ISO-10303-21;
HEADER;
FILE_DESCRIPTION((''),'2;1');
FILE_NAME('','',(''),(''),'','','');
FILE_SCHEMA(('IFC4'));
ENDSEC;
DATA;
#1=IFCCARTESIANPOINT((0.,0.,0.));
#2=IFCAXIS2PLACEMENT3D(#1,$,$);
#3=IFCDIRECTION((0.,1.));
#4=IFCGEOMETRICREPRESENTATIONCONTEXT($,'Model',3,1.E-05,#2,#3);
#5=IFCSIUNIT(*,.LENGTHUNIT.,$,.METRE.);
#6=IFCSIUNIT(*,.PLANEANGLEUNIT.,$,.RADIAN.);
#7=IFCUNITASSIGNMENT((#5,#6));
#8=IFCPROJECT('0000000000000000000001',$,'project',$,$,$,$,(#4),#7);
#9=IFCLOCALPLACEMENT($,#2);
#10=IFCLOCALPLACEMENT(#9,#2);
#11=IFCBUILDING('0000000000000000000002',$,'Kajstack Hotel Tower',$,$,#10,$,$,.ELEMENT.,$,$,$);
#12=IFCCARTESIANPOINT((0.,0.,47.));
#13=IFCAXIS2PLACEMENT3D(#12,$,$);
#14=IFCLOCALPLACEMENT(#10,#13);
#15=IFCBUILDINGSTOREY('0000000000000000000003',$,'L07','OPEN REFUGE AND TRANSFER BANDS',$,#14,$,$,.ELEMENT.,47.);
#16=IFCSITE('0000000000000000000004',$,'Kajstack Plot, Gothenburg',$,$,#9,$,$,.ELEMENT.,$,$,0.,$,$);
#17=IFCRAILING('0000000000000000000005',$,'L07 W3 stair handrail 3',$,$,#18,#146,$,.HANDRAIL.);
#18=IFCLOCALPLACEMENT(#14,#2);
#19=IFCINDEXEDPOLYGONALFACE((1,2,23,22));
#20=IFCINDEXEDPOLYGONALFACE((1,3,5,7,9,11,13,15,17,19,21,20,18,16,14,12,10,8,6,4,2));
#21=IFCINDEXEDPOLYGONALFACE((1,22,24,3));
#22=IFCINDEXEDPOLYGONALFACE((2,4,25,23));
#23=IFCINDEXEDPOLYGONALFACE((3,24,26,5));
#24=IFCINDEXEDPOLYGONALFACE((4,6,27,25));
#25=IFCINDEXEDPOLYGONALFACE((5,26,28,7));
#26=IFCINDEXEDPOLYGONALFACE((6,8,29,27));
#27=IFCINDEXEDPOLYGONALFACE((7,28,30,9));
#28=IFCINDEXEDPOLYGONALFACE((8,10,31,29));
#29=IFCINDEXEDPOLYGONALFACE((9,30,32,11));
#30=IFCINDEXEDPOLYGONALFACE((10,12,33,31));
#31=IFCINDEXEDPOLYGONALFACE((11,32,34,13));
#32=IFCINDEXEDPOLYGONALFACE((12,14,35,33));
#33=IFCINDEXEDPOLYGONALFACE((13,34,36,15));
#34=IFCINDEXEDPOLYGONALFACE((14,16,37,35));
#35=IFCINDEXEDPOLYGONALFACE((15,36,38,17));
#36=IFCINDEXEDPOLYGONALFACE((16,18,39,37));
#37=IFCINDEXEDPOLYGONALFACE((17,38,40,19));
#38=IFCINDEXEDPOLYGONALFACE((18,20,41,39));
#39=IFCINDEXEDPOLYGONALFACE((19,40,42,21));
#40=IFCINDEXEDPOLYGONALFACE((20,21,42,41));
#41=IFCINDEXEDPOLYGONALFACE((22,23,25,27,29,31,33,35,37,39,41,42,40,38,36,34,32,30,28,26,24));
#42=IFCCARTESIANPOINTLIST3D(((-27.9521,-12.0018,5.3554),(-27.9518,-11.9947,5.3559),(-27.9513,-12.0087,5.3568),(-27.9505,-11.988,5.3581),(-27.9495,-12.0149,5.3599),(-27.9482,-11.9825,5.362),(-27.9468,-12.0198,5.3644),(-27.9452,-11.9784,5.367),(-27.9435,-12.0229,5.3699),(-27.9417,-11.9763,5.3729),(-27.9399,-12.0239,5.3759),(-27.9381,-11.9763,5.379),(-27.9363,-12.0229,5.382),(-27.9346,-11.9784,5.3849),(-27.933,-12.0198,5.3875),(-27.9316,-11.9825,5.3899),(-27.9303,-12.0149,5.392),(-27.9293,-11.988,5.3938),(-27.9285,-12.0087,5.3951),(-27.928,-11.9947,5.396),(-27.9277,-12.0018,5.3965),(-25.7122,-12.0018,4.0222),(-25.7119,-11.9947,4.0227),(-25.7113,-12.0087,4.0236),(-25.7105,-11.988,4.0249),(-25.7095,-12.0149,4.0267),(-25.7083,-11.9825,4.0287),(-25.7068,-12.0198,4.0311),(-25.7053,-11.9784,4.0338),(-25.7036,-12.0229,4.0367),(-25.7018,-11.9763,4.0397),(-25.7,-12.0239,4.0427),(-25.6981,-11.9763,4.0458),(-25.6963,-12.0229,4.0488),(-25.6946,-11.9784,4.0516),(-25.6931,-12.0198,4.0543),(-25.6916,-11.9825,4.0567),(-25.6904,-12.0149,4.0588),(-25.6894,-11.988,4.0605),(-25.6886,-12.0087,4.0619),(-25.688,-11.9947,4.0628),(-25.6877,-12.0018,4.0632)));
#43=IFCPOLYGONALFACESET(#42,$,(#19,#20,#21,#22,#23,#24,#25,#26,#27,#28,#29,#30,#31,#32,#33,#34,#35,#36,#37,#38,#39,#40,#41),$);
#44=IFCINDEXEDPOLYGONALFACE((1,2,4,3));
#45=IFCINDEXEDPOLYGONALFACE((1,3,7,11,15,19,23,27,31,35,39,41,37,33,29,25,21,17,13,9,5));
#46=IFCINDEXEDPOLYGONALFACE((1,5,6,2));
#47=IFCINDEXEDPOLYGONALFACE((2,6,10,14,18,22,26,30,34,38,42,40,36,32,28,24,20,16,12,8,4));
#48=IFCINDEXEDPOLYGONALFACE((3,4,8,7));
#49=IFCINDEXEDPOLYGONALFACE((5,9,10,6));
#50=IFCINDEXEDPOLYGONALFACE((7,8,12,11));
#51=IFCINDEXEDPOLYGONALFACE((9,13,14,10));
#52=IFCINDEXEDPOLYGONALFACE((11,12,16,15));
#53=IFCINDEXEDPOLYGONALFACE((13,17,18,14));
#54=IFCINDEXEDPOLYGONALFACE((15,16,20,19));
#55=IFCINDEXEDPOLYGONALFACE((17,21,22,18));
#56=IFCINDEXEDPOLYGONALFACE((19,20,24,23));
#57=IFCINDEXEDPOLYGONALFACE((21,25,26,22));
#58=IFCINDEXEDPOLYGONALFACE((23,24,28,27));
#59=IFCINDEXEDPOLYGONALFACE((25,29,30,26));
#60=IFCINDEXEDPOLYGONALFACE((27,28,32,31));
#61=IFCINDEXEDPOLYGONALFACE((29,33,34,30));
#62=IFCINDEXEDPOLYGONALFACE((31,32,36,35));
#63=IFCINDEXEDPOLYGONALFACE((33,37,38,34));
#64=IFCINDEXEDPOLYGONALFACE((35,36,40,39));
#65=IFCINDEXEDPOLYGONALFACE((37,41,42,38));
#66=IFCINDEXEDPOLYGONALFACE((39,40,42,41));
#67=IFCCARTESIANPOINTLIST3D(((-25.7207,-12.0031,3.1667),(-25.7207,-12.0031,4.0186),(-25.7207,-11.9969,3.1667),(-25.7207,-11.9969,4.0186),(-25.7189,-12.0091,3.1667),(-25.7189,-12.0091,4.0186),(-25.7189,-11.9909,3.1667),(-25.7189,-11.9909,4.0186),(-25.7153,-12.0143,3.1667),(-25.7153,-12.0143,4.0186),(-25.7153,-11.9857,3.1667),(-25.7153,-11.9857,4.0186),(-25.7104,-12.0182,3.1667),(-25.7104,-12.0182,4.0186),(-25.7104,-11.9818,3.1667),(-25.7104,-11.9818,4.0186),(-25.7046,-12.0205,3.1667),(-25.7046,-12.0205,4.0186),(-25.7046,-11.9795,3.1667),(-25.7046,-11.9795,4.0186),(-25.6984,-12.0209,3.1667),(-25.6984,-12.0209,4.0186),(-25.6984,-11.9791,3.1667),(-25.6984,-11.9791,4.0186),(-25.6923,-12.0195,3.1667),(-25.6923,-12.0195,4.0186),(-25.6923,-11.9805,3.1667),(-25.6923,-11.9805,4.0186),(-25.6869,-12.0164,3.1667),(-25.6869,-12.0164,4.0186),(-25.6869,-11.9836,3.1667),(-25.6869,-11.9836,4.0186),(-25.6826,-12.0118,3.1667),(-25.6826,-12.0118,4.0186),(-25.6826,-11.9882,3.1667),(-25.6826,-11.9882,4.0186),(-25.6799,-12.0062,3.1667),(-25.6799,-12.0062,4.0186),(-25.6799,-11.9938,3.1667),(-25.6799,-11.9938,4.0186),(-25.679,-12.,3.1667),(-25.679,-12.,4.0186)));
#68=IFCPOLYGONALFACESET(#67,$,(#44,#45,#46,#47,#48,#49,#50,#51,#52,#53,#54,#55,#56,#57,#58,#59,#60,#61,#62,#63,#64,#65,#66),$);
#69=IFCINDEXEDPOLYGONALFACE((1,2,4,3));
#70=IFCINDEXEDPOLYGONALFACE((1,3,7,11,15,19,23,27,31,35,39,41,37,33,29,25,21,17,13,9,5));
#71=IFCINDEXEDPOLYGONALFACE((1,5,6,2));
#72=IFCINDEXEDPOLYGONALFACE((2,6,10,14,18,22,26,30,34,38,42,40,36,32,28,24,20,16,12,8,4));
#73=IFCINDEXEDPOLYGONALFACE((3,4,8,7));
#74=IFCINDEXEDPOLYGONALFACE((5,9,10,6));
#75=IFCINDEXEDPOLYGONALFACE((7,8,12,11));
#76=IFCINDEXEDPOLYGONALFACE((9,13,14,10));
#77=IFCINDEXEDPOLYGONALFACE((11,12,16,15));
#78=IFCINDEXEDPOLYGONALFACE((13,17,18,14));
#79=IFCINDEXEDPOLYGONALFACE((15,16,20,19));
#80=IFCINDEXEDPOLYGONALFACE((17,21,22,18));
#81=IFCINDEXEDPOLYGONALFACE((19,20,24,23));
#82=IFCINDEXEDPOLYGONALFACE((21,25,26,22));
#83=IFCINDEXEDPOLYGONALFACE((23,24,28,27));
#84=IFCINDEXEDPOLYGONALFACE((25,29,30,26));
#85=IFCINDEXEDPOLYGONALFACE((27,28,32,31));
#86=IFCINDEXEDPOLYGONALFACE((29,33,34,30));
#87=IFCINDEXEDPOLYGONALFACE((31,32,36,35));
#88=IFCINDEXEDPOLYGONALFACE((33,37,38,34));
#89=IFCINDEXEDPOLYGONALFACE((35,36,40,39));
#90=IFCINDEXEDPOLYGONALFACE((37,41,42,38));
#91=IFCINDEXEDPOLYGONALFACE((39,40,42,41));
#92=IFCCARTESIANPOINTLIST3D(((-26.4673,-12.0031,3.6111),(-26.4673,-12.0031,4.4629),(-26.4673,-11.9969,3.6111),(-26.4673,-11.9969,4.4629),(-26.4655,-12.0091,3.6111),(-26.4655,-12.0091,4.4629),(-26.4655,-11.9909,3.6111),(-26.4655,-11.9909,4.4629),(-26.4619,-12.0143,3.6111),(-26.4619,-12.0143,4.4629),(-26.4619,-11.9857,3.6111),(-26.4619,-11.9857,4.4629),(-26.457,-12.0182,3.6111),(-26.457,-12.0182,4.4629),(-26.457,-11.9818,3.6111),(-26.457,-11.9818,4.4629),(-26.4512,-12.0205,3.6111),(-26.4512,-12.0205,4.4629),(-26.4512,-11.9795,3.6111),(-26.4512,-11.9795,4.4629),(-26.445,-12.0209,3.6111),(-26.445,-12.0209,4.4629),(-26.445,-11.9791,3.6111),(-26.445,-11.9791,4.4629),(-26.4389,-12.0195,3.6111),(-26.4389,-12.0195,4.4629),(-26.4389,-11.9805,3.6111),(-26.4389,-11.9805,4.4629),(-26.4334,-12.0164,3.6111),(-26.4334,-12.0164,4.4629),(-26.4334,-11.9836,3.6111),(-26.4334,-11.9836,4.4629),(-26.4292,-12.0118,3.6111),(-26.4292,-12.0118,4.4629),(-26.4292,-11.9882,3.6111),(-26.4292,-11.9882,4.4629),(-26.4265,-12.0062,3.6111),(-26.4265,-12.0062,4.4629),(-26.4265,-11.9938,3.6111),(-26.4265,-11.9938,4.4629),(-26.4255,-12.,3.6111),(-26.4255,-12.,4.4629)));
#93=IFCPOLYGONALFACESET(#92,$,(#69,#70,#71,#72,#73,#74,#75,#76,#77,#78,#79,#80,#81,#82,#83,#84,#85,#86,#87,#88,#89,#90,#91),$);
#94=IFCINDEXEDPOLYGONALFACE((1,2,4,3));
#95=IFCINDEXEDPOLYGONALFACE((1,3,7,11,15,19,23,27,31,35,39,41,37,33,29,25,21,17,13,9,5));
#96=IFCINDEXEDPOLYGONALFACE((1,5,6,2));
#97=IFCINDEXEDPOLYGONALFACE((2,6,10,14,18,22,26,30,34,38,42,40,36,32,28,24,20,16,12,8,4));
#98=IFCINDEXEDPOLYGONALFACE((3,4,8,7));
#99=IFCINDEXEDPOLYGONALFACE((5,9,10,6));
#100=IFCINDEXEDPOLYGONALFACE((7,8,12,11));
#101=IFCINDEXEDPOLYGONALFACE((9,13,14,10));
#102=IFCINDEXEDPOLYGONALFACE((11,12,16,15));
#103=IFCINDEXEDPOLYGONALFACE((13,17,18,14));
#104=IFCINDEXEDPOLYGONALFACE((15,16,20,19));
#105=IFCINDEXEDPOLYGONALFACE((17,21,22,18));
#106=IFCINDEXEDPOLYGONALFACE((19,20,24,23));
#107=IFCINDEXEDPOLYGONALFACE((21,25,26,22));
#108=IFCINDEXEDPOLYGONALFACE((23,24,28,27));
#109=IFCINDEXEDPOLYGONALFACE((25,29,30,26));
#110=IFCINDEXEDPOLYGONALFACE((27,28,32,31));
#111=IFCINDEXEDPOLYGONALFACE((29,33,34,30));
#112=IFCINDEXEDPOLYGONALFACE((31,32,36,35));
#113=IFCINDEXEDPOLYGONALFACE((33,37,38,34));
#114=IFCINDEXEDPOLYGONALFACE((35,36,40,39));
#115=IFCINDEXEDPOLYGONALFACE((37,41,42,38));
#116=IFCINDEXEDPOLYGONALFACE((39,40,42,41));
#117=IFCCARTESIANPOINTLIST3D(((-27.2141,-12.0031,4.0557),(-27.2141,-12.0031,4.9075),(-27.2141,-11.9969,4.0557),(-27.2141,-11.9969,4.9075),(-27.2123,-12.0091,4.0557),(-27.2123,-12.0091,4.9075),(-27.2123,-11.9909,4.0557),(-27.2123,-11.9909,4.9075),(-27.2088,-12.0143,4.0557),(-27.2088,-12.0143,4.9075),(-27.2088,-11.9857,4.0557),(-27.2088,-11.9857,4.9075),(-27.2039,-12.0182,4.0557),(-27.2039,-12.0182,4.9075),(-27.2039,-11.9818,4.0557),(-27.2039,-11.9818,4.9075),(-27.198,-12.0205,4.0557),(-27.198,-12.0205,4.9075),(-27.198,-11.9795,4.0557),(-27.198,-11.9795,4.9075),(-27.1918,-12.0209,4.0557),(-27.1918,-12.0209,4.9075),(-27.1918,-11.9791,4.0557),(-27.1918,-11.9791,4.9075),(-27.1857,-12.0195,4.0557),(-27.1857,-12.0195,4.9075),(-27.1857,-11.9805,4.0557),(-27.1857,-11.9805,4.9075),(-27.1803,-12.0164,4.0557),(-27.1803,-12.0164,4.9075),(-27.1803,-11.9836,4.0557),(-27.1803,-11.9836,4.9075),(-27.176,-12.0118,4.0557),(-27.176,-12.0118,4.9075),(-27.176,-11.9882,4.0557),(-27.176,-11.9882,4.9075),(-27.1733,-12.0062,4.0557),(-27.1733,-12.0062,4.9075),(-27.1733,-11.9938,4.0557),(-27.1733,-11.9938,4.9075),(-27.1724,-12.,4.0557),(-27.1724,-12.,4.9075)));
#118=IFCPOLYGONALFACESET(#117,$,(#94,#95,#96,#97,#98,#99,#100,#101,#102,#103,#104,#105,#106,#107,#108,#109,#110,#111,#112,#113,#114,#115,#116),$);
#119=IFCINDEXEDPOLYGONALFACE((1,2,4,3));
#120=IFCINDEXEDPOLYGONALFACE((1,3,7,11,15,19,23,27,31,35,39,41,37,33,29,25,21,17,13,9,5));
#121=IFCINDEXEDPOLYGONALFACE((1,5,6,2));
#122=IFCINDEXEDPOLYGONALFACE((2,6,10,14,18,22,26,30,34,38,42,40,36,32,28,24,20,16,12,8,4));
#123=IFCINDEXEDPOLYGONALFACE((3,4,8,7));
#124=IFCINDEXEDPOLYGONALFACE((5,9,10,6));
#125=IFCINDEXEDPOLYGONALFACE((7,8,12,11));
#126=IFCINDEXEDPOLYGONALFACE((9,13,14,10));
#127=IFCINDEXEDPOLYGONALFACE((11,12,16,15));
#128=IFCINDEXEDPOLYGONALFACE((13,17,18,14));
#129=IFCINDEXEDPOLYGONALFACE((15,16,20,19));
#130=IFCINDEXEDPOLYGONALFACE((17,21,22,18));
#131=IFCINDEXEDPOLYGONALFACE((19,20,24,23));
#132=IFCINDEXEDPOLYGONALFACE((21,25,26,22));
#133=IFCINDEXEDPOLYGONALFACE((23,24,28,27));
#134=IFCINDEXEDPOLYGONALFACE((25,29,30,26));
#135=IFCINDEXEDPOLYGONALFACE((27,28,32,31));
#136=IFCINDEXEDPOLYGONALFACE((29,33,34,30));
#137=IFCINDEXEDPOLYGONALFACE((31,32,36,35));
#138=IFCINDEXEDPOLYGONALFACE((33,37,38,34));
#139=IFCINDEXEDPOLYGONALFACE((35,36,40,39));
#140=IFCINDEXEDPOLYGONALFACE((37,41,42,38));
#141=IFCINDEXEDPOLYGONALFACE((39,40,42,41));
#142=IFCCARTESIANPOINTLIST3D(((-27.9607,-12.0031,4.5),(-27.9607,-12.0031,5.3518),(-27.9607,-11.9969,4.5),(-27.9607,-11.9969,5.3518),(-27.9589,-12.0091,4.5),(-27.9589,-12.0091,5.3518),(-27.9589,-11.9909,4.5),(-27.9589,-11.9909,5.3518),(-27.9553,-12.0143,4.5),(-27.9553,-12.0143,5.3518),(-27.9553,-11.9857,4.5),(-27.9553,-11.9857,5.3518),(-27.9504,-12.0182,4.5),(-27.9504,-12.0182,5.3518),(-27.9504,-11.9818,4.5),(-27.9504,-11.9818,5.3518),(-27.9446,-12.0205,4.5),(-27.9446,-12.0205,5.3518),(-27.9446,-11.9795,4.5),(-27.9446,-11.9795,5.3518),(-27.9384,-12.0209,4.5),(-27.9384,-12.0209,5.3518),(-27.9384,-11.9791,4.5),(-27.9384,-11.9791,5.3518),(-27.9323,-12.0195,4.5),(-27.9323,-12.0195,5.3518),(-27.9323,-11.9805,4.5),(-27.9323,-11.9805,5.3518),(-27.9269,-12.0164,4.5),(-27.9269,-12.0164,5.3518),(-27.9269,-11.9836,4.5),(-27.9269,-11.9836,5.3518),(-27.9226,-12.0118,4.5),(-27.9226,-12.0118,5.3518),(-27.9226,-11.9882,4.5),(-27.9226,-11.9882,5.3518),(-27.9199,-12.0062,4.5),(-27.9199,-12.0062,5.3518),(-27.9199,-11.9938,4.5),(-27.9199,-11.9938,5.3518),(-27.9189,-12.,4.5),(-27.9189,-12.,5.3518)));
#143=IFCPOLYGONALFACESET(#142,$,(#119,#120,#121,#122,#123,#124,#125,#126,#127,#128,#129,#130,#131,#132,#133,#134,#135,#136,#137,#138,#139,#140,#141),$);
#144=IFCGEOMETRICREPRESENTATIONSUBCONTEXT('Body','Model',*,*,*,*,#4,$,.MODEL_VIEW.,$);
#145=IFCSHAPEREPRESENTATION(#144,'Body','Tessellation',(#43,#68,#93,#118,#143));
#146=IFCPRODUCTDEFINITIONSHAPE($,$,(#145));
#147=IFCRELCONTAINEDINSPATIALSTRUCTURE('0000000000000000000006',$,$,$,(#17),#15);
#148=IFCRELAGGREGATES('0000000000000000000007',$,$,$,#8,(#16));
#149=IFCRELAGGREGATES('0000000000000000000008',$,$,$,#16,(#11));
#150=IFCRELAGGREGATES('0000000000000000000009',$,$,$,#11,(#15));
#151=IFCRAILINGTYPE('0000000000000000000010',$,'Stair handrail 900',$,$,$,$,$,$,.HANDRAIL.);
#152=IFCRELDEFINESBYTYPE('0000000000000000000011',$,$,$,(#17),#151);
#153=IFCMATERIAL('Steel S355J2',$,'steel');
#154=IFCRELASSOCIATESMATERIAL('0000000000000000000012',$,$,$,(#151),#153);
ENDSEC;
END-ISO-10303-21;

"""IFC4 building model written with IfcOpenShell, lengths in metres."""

from ifc_helpers import new_model, si_unit, direction, frame, origin, origin_2d, place, context, subcontext, project, spatial, circle, extrude, material, type_object, element, save


model = new_model("IFC4")

# Units and contexts
model_context = context("Model", 3, precision=1e-05, world=origin(), true_north=direction((0.0, 1.0)))
body_context = subcontext(model_context, "Body", "Model", "MODEL_VIEW")
ifc_project = project(units=[si_unit("LENGTHUNIT", "METRE"), si_unit("PLANEANGLEUNIT", "RADIAN")], contexts=[model_context])

# Site, building, storey
site_placement = place(None, origin())
site = spatial("IfcSite", under=ifc_project, at=site_placement, Name="Kajstack Plot, Gothenburg", CompositionType="ELEMENT", RefElevation=0.0)
building_placement = place(site_placement, origin())
building = spatial("IfcBuilding", under=site, at=building_placement, Name="Kajstack Hotel Tower", CompositionType="ELEMENT")
storey_placement = place(building_placement, frame((0.0, 0.0, 47.0)))
storey = spatial("IfcBuildingStorey", under=building, at=storey_placement, Name="L07", Description="OPEN REFUGE AND TRANSFER BANDS", CompositionType="ELEMENT", Elevation=47.0)

# Railing
ifc_material_1 = material(Name="Steel S355J2", Category="steel")
railing_type_1 = type_object("IfcRailingType", Name="Stair handrail 900", PredefinedType="HANDRAIL", material=ifc_material_1)
railing_1_placement = place(storey_placement, frame((-25.7, -12.0, 3.1667)))
element("IfcRailing", 1, at=railing_1_placement, inside=storey, type_object=railing_type_1, Name="L07 W3 stair handrail 3", PredefinedType="HANDRAIL", context=body_context, shape_type="SweptSolid", body=[
    extrude(circle(Radius=0.0239, at=origin_2d()), frame((0.0, 0.0, 0.876), z_axis=(-0.859306, 0.0, 0.511462), x_axis=(0.0, -1.0, 0.0)), (0.0, 0.0, 1.0), 2.6067),
    extrude(circle(Radius=0.021, at=origin_2d()), origin(), (0.0, 0.0, 1.0), 0.8518),
    extrude(circle(Radius=0.021, at=origin_2d()), frame((-0.7466, 0.0, 0.4443)), (0.0, 0.0, 1.0), 0.8518),
    extrude(circle(Radius=0.021, at=origin_2d()), frame((-1.4934, 0.0, 0.8889)), (0.0, 0.0, 1.0), 0.8518),
    extrude(circle(Radius=0.021, at=origin_2d()), frame((-2.24, 0.0, 1.3333)), (0.0, 0.0, 1.0), 0.8518),
])

save(model, "model.ifc")
